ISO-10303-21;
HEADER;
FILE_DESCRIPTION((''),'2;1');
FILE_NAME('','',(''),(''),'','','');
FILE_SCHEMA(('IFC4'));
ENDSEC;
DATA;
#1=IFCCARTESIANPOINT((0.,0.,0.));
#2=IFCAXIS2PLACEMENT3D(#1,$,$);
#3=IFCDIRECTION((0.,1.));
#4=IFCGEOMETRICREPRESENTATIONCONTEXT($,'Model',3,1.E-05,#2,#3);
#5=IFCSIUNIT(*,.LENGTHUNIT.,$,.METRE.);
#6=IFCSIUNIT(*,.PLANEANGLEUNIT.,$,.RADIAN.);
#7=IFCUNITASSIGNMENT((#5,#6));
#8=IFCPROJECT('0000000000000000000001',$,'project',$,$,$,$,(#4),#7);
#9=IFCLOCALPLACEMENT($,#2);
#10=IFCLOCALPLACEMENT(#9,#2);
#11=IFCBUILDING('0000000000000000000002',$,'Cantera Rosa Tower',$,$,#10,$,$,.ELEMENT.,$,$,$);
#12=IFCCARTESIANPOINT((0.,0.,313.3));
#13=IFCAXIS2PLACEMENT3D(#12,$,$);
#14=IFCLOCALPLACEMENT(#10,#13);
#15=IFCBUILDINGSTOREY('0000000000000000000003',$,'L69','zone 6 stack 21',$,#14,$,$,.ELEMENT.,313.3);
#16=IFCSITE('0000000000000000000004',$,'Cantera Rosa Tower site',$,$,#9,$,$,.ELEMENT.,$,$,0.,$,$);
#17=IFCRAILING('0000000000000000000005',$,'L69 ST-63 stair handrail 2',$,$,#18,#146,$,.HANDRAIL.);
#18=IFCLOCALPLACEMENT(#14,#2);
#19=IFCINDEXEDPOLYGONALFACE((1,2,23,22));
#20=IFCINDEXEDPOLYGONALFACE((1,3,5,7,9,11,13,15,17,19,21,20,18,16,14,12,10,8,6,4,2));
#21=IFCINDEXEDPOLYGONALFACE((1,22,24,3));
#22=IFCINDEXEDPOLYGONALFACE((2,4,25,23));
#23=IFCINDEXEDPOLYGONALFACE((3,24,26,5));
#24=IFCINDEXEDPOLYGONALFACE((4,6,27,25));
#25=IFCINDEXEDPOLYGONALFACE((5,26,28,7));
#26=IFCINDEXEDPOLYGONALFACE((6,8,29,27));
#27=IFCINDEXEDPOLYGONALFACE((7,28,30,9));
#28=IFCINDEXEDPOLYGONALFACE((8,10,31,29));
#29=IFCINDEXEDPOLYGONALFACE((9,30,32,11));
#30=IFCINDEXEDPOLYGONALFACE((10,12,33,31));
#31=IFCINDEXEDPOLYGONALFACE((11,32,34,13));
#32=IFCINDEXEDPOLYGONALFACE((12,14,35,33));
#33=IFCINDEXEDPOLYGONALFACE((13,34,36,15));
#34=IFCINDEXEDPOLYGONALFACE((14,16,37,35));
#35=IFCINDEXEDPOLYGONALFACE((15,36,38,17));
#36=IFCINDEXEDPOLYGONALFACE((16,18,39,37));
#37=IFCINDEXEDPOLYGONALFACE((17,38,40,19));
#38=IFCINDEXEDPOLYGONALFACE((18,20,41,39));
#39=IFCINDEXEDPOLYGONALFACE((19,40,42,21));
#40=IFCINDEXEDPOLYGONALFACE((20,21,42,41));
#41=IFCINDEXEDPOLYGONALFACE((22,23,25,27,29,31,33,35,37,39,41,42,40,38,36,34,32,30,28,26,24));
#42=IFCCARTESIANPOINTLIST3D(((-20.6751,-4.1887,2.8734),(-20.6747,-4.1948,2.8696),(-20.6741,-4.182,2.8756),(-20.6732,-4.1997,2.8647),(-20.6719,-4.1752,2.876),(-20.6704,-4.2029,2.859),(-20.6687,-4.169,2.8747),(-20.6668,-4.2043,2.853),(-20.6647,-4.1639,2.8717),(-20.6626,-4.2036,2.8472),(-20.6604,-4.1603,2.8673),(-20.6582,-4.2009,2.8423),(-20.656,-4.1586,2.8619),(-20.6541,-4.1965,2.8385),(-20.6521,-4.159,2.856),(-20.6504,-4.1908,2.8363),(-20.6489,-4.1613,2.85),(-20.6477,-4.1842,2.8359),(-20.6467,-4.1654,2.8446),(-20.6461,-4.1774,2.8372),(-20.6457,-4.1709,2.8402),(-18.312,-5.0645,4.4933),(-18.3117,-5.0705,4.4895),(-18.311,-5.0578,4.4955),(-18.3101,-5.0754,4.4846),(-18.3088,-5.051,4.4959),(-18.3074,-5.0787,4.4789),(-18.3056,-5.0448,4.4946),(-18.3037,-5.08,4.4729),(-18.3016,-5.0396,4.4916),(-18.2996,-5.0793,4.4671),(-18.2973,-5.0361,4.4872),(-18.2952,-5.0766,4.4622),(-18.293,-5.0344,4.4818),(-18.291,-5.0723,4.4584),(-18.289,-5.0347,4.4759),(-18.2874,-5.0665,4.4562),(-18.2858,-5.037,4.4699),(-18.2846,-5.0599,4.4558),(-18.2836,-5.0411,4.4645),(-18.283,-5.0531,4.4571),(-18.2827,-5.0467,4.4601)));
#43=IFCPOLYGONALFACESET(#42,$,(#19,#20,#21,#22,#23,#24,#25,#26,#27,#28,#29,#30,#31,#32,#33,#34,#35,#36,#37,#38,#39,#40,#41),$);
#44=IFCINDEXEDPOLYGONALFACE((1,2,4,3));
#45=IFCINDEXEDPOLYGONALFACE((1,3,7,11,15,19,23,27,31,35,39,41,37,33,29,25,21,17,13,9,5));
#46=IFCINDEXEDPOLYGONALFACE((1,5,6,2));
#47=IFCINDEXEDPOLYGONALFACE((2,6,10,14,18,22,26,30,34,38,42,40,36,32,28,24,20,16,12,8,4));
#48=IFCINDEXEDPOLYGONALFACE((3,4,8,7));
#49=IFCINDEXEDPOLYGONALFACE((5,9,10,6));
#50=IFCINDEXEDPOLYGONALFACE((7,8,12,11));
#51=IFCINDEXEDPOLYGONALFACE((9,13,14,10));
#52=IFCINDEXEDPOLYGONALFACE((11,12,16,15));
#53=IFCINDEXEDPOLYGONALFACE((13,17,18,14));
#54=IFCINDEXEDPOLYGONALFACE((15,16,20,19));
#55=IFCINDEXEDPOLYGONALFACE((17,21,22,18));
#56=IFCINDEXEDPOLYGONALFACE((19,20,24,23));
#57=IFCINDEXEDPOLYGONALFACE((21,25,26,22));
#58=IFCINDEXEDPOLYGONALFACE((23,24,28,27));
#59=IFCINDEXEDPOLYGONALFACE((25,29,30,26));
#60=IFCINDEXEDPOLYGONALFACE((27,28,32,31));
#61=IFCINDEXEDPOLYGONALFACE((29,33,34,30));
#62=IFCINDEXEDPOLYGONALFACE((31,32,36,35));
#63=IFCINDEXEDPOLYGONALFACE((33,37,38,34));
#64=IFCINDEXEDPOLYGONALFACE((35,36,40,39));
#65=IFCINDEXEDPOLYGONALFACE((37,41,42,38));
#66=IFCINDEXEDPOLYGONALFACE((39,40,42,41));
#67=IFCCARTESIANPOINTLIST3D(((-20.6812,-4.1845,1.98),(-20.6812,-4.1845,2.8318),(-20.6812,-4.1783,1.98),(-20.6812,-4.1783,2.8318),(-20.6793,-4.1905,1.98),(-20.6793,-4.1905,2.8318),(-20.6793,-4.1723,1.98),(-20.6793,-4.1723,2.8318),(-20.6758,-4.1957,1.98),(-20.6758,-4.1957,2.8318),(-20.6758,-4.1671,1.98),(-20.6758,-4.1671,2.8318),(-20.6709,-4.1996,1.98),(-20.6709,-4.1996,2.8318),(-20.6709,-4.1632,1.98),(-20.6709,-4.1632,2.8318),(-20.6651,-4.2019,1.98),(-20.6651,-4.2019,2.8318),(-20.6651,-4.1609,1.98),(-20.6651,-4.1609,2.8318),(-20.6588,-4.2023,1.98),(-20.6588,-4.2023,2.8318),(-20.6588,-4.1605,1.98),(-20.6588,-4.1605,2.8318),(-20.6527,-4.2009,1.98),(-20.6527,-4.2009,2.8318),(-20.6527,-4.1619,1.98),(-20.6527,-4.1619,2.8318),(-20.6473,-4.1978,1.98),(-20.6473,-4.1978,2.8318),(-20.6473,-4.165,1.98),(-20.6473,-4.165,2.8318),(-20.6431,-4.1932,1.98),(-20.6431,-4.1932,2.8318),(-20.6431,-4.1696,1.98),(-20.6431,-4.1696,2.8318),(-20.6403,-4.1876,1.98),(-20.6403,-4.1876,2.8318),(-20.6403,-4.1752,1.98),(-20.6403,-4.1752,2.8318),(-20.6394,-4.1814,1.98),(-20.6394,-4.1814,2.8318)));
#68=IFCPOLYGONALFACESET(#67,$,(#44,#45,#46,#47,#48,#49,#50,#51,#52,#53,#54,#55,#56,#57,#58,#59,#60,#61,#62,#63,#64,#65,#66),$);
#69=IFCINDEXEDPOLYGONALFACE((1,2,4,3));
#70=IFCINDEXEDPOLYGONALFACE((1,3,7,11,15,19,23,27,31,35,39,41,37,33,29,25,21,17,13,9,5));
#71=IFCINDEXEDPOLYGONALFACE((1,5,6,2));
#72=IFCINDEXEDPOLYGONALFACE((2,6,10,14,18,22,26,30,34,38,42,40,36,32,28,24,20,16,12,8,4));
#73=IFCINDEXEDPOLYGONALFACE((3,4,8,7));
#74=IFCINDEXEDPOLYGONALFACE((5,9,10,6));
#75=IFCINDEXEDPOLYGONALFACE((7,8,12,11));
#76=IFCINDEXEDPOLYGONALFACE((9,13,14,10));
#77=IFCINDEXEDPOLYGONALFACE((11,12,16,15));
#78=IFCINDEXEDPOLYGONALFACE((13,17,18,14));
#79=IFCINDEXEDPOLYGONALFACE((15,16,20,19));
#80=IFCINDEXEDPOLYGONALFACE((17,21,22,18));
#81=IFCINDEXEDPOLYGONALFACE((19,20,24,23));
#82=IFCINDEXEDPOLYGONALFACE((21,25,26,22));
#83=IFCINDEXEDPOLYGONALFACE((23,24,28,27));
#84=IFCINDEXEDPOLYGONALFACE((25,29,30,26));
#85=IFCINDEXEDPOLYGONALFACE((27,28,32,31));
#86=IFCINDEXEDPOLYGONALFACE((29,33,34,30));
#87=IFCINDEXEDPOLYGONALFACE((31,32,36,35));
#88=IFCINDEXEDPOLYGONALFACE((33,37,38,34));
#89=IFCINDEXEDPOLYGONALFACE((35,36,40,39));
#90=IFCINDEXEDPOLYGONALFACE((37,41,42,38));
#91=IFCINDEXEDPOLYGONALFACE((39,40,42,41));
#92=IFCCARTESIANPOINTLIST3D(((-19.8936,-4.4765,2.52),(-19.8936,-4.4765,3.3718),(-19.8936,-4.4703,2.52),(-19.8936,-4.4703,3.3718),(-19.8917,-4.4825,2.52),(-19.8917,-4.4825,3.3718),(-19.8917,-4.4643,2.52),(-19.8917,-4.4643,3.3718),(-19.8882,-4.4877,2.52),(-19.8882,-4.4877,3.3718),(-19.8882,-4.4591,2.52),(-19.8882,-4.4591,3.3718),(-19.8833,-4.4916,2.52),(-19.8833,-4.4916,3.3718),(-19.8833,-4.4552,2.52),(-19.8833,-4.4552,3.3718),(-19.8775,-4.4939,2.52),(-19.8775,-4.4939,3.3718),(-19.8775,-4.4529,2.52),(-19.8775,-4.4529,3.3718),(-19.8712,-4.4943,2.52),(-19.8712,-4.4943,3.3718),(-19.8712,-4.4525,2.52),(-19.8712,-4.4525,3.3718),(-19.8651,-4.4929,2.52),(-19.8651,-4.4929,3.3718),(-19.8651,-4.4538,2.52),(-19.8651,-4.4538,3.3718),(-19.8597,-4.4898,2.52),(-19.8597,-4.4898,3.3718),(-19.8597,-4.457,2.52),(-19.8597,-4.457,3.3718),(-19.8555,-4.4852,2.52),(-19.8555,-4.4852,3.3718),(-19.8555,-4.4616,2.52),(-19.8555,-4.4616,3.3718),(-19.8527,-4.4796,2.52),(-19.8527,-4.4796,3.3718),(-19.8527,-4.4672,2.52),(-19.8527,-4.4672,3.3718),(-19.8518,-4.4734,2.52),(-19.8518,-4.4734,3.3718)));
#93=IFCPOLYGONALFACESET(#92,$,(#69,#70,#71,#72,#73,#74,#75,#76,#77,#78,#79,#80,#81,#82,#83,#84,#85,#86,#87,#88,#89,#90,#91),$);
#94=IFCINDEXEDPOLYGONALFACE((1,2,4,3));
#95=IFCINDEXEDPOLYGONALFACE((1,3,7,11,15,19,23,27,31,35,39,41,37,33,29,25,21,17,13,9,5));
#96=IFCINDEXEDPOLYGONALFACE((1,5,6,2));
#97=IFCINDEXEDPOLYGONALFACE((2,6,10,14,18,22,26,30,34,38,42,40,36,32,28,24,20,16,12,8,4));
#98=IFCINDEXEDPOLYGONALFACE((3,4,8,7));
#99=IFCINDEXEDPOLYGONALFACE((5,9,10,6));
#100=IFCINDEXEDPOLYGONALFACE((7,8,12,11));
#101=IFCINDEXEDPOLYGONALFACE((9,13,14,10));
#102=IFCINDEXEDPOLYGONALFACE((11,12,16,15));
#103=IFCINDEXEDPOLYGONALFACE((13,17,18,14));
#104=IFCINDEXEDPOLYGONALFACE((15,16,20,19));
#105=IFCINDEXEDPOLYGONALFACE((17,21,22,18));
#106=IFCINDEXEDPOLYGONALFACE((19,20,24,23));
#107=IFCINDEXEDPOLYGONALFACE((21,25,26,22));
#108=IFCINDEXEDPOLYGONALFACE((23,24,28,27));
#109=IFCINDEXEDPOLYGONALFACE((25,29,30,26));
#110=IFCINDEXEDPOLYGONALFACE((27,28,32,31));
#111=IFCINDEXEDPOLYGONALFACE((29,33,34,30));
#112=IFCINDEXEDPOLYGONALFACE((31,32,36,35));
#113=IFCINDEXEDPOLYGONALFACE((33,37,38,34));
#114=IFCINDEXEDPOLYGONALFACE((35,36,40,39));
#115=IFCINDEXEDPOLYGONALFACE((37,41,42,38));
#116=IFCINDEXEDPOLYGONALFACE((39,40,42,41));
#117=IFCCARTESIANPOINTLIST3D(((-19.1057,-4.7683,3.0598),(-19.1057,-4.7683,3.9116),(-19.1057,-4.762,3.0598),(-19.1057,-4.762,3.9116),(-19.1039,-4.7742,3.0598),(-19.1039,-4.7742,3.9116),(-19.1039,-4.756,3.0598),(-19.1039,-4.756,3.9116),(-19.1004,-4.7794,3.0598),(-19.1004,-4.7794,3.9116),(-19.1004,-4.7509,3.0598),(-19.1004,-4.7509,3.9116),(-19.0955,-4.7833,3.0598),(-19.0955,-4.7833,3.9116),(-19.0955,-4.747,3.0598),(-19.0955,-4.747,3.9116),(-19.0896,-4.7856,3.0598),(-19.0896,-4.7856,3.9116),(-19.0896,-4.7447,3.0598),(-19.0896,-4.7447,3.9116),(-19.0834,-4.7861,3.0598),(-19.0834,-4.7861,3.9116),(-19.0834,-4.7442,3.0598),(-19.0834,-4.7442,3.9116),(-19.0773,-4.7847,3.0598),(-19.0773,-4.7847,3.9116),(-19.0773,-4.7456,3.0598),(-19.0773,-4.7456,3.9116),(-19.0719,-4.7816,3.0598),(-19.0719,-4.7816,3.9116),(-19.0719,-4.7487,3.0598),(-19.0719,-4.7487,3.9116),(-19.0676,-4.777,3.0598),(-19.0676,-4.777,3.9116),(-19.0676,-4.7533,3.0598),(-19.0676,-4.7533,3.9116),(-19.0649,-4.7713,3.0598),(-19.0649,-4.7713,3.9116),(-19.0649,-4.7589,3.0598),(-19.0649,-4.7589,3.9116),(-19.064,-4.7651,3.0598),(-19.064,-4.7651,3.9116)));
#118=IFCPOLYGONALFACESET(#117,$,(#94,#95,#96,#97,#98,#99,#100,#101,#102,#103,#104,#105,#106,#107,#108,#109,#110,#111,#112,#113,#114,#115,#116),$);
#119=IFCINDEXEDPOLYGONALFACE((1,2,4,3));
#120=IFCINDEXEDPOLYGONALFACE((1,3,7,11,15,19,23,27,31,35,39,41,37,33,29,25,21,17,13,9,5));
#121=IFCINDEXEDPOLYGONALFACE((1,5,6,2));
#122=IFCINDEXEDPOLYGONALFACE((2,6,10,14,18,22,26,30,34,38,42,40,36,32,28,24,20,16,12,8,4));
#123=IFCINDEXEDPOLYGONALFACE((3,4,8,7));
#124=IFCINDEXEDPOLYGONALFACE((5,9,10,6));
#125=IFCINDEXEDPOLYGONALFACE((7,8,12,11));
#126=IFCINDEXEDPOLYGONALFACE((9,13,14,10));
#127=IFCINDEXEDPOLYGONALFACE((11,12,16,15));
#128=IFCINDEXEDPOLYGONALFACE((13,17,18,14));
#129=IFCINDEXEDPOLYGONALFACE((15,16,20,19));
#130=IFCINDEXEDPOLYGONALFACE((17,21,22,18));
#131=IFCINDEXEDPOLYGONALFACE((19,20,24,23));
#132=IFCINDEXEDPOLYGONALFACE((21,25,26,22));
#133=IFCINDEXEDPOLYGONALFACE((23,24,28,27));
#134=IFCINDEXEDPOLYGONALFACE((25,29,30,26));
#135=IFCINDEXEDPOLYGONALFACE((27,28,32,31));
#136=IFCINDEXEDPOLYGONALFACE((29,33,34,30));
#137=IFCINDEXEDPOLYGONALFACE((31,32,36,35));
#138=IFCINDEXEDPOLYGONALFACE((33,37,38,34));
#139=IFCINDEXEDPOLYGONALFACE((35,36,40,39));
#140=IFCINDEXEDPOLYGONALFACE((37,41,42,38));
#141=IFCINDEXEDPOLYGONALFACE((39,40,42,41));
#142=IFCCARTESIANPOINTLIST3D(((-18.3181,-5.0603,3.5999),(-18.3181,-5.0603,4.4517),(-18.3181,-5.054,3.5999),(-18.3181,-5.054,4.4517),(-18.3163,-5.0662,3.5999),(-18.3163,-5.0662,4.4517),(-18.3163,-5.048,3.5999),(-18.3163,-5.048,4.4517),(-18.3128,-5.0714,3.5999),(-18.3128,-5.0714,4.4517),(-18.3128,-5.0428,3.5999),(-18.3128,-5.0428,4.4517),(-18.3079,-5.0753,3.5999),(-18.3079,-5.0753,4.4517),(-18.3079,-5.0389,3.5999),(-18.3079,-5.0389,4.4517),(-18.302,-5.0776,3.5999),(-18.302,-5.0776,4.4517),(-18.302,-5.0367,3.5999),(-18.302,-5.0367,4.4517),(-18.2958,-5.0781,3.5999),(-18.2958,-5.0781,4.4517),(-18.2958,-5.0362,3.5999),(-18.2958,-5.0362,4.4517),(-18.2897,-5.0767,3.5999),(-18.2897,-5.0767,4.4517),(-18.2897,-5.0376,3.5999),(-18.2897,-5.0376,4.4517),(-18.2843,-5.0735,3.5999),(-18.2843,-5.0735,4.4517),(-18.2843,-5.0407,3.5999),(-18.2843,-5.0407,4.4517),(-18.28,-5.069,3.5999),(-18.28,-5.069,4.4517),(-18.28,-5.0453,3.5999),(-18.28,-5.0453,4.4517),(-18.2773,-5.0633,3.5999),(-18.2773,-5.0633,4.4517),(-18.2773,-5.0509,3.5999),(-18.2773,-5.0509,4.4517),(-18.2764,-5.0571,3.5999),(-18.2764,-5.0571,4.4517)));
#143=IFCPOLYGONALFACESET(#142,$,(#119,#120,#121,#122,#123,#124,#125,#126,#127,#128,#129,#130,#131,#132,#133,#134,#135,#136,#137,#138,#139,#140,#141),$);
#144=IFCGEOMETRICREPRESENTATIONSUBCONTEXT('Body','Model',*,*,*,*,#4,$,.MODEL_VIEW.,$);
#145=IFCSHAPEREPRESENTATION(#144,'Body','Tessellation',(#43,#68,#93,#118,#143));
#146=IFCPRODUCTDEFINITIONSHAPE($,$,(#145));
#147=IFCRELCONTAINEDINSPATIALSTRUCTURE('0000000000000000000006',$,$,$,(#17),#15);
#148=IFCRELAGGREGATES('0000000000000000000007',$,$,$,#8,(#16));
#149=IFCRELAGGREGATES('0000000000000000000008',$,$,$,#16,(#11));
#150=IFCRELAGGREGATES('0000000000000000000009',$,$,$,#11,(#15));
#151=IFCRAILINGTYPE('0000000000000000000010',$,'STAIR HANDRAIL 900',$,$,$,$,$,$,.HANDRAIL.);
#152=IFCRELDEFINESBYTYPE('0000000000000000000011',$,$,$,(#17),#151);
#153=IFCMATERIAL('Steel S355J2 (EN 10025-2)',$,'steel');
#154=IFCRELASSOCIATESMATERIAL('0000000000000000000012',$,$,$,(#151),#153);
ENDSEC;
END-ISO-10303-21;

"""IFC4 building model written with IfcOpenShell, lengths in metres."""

from ifc_helpers import new_model, si_unit, direction, frame, origin, origin_2d, place, context, subcontext, project, spatial, circle, extrude, material, type_object, element, save


model = new_model("IFC4")

# Units and contexts
model_context = context("Model", 3, precision=1e-05, world=origin(), true_north=direction((0.0, 1.0)))
body_context = subcontext(model_context, "Body", "Model", "MODEL_VIEW")
ifc_project = project(units=[si_unit("LENGTHUNIT", "METRE"), si_unit("PLANEANGLEUNIT", "RADIAN")], contexts=[model_context])

# Site, building, storey
site_placement = place(None, origin())
site = spatial("IfcSite", under=ifc_project, at=site_placement, Name="Cantera Rosa Tower site", CompositionType="ELEMENT", RefElevation=0.0)
building_placement = place(site_placement, origin())
building = spatial("IfcBuilding", under=site, at=building_placement, Name="Cantera Rosa Tower", CompositionType="ELEMENT")
storey_placement = place(building_placement, frame((0.0, 0.0, 313.3)))
storey = spatial("IfcBuildingStorey", under=building, at=storey_placement, Name="L69", Description="zone 6 stack 21", CompositionType="ELEMENT", Elevation=313.3)

# Railing
ifc_material_1 = material(Name="Steel S355J2 (EN 10025-2)", Category="steel")
railing_type_1 = type_object("IfcRailingType", Name="STAIR HANDRAIL 900", PredefinedType="HANDRAIL", material=ifc_material_1)
railing_1_placement = place(storey_placement, frame((-20.6604, -4.1814, 1.98)))
element("IfcRailing", 1, at=railing_1_placement, inside=storey, type_object=railing_type_1, Name="L69 ST-63 stair handrail 2", PredefinedType="HANDRAIL", context=body_context, shape_type="SweptSolid", body=[
    extrude(circle(Radius=0.0239, at=origin_2d()), frame((0.0, 0.0, 0.876), z_axis=(0.788782, -0.29232, 0.540714), x_axis=(0.347501, 0.93768, 0.0)), (0.0, 0.0, 1.0), 2.9958),
    extrude(circle(Radius=0.021, at=origin_2d()), origin(), (0.0, 0.0, 1.0), 0.8518),
    extrude(circle(Radius=0.021, at=origin_2d()), frame((0.7876, -0.292, 0.54)), (0.0, 0.0, 1.0), 0.8518),
    extrude(circle(Radius=0.021, at=origin_2d()), frame((1.5754, -0.5837, 1.0798)), (0.0, 0.0, 1.0), 0.8518),
    extrude(circle(Radius=0.021, at=origin_2d()), frame((2.363, -0.8757, 1.6199)), (0.0, 0.0, 1.0), 0.8518),
])

save(model, "model.ifc")
